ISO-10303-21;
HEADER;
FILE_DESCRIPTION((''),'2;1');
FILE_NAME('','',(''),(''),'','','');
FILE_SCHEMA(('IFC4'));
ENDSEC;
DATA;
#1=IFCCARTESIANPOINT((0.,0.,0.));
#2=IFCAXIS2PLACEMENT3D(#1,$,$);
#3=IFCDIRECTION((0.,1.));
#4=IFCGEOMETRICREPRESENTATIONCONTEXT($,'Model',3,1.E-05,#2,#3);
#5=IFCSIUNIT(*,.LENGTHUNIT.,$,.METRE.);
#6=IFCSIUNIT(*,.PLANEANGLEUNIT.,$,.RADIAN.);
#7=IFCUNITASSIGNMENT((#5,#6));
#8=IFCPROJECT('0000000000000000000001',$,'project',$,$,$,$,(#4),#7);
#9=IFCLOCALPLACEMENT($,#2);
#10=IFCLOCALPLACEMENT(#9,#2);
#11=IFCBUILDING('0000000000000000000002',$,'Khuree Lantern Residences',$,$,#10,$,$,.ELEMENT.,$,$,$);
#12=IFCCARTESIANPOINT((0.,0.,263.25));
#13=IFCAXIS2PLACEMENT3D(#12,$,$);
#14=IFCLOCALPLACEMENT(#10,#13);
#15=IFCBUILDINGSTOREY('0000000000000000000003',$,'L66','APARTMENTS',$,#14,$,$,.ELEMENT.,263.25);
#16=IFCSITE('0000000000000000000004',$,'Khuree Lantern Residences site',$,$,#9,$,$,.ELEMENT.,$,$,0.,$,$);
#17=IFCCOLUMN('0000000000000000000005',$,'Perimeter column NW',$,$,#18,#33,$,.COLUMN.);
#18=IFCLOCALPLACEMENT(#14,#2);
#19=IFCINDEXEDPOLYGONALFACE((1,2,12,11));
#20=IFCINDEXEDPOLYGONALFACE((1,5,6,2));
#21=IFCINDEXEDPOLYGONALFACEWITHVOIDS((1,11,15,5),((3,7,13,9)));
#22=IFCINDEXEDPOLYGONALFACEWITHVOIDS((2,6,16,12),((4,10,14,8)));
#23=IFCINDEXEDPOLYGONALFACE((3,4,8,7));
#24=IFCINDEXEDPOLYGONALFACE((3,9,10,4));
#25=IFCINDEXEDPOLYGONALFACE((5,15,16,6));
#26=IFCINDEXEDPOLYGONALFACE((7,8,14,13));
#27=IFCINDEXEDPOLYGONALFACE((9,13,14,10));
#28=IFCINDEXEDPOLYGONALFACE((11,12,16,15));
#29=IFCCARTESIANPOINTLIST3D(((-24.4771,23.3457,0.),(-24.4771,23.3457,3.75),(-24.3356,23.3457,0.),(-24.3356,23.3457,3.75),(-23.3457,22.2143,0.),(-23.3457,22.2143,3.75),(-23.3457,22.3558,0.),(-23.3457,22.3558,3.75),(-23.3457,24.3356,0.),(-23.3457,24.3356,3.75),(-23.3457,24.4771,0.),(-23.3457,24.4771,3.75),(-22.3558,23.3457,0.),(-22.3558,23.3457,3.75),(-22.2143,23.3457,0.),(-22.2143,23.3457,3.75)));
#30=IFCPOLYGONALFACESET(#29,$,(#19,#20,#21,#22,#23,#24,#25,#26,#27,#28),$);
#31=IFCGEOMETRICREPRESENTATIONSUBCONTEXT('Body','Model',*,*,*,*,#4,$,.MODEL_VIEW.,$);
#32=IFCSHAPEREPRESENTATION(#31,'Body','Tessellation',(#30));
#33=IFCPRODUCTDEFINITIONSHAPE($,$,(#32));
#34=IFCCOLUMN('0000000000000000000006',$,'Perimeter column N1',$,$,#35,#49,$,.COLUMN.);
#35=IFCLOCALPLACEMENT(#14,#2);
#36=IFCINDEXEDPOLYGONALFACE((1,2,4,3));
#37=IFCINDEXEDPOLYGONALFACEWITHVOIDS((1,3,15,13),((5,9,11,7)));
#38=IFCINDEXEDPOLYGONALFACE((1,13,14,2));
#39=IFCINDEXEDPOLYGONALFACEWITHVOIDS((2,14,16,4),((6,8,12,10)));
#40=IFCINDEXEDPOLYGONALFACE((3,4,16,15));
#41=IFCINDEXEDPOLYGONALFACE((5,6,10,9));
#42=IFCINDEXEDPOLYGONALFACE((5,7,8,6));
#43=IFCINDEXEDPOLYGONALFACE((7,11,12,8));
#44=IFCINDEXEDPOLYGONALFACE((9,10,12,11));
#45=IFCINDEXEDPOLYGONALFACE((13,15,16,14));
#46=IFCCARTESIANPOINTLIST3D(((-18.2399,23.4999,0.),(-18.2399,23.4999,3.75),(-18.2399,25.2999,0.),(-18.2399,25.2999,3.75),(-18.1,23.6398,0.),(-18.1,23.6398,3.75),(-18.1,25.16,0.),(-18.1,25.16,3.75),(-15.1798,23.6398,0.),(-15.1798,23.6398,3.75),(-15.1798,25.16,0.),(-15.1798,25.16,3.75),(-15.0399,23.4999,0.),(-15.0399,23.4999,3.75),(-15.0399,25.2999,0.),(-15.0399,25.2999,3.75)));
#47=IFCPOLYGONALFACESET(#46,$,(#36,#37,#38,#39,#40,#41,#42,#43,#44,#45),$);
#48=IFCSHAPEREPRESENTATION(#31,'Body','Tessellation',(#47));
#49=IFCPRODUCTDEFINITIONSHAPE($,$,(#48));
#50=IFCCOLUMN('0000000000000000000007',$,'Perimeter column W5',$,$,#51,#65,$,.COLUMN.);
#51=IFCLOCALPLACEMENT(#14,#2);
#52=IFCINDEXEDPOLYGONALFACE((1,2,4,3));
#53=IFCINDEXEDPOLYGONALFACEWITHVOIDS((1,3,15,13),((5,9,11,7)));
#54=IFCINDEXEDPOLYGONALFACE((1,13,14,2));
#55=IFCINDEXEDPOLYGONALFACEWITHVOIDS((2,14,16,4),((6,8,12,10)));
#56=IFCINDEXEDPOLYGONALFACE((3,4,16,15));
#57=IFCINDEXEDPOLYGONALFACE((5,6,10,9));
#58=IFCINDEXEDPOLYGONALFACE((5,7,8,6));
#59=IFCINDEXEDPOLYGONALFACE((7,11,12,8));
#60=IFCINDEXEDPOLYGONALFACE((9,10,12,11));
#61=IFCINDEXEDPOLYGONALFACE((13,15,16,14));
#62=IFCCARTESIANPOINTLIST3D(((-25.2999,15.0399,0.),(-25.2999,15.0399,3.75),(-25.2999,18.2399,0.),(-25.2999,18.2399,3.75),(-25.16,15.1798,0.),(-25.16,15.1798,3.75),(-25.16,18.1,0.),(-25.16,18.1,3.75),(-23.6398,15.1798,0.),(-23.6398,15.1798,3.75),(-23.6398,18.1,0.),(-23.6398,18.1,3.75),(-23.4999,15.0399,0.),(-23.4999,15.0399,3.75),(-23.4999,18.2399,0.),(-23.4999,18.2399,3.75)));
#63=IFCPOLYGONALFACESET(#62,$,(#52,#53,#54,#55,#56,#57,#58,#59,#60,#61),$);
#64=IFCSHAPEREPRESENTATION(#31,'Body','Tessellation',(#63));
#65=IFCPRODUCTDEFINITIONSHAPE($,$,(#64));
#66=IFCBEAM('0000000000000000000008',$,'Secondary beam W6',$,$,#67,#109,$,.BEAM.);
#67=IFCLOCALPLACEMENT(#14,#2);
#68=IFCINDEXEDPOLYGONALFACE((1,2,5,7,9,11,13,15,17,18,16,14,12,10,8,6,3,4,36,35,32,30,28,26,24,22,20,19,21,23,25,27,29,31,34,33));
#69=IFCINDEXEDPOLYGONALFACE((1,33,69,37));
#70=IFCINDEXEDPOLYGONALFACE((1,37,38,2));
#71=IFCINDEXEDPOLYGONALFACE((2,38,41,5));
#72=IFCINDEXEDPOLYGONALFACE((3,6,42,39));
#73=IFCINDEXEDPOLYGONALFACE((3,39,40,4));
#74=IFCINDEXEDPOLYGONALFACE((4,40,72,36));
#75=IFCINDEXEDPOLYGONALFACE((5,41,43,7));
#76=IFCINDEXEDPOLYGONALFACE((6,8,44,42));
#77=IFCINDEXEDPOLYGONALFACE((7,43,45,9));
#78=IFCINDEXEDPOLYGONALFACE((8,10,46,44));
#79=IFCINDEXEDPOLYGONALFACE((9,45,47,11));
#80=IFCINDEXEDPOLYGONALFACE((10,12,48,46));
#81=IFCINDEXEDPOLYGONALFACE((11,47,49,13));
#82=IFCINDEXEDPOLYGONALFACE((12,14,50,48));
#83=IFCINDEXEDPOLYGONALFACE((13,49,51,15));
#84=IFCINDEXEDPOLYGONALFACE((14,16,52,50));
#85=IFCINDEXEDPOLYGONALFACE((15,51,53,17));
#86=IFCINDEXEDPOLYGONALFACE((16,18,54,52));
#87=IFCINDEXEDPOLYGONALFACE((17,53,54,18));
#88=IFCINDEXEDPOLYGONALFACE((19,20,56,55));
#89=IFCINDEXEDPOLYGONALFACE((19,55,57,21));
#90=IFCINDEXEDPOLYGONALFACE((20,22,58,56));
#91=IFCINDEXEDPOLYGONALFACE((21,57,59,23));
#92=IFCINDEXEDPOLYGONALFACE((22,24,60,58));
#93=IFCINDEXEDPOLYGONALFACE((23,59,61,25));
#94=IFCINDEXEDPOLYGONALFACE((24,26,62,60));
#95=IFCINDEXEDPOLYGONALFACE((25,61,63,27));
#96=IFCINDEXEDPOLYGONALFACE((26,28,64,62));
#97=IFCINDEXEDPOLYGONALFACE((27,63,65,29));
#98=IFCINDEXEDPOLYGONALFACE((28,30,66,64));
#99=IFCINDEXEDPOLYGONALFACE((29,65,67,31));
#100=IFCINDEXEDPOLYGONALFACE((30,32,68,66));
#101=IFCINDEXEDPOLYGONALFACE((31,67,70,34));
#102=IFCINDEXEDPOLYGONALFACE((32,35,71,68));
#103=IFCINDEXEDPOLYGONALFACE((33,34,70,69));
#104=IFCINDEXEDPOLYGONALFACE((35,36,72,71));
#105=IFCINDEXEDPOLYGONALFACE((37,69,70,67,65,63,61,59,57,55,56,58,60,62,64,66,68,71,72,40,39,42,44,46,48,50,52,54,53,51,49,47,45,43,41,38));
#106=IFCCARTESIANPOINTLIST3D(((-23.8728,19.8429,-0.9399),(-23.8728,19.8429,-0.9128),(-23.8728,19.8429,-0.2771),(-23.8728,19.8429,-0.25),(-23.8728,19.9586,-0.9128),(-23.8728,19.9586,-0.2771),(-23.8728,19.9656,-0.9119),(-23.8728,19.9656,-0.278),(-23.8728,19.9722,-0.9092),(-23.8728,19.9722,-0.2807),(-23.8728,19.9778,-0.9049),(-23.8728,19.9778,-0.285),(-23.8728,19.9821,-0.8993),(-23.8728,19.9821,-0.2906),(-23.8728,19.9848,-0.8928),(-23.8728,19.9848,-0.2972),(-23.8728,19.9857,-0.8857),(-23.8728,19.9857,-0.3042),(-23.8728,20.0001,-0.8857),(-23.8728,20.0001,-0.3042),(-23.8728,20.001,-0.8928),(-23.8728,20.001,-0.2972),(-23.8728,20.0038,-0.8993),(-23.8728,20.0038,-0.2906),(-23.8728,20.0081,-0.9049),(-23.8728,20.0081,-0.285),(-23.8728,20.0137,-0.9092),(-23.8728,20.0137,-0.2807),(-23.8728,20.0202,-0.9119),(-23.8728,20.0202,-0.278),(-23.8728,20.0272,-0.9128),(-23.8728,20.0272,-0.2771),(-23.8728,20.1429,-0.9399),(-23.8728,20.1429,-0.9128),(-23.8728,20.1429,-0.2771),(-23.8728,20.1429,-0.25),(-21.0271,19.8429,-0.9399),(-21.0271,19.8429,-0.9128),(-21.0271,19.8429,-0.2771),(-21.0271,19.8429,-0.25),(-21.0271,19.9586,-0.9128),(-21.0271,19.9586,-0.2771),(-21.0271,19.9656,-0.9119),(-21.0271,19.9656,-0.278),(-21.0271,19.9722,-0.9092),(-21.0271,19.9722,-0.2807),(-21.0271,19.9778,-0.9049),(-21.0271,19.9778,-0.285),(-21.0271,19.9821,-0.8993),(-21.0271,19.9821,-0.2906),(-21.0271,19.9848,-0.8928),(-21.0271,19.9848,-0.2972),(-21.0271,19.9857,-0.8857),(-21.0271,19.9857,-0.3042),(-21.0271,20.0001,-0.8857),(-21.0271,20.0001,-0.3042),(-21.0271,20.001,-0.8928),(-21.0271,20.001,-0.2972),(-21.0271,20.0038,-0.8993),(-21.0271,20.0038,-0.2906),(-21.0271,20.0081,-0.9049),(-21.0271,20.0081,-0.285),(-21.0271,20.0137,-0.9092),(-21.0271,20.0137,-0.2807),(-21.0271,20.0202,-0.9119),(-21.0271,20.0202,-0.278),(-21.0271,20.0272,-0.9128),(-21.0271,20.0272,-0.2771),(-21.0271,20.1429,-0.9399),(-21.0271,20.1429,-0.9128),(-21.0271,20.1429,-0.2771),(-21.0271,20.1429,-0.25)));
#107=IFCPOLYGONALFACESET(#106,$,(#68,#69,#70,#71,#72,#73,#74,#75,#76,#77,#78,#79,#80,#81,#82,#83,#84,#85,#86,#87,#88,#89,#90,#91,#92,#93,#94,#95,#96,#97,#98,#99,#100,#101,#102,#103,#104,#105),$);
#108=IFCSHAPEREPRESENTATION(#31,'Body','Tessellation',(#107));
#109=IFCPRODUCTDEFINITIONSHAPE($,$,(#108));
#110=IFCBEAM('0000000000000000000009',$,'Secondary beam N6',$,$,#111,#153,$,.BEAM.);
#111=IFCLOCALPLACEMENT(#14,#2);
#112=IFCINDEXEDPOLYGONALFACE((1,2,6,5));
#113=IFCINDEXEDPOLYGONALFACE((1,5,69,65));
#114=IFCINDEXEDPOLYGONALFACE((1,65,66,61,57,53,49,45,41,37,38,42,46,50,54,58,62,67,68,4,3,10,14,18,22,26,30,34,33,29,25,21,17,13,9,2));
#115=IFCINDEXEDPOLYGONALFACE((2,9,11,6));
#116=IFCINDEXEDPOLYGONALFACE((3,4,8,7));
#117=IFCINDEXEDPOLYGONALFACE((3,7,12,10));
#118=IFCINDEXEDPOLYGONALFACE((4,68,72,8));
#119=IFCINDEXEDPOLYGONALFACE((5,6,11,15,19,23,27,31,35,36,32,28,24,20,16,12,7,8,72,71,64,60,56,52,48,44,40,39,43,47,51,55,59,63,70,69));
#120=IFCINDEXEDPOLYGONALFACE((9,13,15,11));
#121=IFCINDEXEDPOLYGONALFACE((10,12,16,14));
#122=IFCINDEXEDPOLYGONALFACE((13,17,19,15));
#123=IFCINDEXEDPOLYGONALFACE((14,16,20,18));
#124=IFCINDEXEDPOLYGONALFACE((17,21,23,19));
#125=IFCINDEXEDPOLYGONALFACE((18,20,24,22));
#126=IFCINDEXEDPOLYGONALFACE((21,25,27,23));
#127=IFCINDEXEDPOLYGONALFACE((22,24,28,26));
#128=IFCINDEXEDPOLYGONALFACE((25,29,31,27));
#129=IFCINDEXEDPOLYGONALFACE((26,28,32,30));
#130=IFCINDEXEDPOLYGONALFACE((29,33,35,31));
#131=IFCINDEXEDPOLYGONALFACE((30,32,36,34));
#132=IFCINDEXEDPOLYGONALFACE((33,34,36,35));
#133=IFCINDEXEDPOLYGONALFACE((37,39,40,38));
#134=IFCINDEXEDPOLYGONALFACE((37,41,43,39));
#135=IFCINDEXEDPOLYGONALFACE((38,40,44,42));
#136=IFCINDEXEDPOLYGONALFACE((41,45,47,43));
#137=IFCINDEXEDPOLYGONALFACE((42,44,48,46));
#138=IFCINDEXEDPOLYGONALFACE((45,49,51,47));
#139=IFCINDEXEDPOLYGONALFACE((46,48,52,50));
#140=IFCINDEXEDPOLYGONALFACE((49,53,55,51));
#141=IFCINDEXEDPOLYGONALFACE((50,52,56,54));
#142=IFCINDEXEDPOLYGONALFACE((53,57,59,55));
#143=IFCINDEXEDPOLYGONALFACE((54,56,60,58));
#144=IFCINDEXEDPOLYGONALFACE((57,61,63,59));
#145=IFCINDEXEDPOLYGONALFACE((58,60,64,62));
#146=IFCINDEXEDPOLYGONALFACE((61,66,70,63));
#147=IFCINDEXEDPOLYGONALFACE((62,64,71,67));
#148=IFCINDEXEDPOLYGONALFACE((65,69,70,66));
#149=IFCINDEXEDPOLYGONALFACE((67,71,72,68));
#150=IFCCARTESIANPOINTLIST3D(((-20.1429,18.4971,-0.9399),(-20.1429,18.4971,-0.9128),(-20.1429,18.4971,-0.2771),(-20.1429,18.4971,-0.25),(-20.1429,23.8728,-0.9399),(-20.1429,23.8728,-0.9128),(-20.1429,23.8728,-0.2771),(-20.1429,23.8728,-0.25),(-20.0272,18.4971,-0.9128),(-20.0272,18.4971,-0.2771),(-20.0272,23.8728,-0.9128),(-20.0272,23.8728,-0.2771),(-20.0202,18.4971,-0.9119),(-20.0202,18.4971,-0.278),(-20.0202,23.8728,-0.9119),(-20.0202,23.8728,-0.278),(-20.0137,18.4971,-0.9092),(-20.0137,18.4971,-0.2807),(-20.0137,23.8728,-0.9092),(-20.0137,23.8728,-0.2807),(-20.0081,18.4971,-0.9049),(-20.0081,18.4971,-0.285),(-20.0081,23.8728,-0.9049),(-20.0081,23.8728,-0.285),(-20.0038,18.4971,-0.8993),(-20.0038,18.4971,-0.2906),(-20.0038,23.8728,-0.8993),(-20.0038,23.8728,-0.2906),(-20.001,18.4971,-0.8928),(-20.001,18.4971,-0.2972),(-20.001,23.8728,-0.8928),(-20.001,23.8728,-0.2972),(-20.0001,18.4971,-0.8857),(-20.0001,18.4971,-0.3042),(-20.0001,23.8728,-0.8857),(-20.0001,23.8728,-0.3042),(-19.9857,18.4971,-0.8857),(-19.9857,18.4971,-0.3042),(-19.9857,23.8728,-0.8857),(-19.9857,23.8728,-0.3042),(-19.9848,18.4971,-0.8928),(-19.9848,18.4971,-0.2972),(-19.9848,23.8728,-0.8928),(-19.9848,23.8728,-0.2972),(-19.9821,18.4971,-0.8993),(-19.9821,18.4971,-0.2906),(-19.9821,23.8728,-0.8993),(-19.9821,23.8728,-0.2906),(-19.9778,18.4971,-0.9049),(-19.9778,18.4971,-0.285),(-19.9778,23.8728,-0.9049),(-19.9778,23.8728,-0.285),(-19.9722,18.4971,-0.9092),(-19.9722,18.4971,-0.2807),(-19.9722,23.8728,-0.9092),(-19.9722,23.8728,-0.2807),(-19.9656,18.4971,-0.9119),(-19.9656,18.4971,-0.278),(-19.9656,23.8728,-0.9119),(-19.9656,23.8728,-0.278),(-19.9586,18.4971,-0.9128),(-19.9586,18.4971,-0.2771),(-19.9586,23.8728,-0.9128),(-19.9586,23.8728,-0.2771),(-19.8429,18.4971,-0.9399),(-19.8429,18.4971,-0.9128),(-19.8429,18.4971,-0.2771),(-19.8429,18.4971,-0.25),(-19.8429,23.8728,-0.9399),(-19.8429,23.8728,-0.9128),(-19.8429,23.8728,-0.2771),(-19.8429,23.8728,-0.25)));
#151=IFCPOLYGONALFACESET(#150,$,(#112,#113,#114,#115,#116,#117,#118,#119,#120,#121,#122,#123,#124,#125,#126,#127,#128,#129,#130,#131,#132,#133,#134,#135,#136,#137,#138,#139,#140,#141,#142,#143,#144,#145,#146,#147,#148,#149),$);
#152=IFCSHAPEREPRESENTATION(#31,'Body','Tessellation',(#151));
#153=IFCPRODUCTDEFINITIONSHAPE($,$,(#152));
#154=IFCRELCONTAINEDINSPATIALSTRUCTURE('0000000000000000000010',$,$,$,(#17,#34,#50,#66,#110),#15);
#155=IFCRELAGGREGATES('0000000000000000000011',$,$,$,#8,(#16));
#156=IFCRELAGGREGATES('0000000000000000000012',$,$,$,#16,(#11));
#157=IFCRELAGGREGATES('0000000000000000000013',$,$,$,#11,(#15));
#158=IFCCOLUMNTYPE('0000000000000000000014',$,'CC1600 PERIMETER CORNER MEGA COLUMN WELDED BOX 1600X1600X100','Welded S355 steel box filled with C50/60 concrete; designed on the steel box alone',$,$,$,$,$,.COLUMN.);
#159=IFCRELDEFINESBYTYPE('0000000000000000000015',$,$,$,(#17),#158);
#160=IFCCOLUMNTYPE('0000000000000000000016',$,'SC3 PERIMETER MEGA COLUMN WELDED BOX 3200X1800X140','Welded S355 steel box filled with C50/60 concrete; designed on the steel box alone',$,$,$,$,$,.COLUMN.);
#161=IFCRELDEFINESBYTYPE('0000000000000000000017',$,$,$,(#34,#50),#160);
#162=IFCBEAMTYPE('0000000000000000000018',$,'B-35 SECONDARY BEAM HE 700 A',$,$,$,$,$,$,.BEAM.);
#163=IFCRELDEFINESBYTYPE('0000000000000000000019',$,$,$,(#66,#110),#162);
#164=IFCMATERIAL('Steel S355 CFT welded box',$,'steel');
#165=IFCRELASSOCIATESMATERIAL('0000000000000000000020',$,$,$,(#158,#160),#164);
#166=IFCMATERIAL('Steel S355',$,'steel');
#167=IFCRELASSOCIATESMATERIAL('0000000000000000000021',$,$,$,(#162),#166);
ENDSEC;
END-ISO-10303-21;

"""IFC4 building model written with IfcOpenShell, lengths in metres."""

from ifc_helpers import new_model, si_unit, direction, frame, origin, origin_2d, place, context, subcontext, project, spatial, hollow_rectangle, i_section, extrude, material, material_profile, profile_set, type_object, element, save


model = new_model("IFC4")

# Units and contexts
model_context = context("Model", 3, precision=1e-05, world=origin(), true_north=direction((0.0, 1.0)))
body_context = subcontext(model_context, "Body", "Model", "MODEL_VIEW")
ifc_project = project(units=[si_unit("LENGTHUNIT", "METRE"), si_unit("PLANEANGLEUNIT", "RADIAN")], contexts=[model_context])

# Site, building, storey
site_placement = place(None, origin())
site = spatial("IfcSite", under=ifc_project, at=site_placement, Name="Khuree Lantern Residences site", CompositionType="ELEMENT", RefElevation=0.0)
building_placement = place(site_placement, origin())
building = spatial("IfcBuilding", under=site, at=building_placement, Name="Khuree Lantern Residences", CompositionType="ELEMENT")
storey_placement = place(building_placement, frame((0.0, 0.0, 263.25)))
storey = spatial("IfcBuildingStorey", under=building, at=storey_placement, Name="L66", Description="APARTMENTS", CompositionType="ELEMENT", Elevation=263.25)

# Columns
ifc_material_1 = material(Name="Steel S355 CFT welded box", Category="steel")
ifc_material_profile_1 = material_profile(ifc_material_1, hollow_rectangle(XDim=1.6001, YDim=1.6001, WallThickness=0.1001, at=origin_2d()), Name="WELDED BOX 1600X1600X100")
ifc_profile_set_1 = profile_set([ifc_material_profile_1], Name="Steel S355 CFT welded box")
column_type_1 = type_object("IfcColumnType", Name="CC1600 PERIMETER CORNER MEGA COLUMN WELDED BOX 1600X1600X100", Description="Welded S355 steel box filled with C50/60 concrete; designed on the steel box alone", PredefinedType="COLUMN", material=ifc_profile_set_1)
column_placement = place(storey_placement, frame((-23.3457, 23.3457, 0.0), z_axis=(0.0, 0.0, 1.0), x_axis=(0.707107, 0.707107, 0.0)))
element("IfcColumn", 1, at=column_placement, inside=storey, type_object=column_type_1, Name="Perimeter column NW", PredefinedType="COLUMN", context=body_context, shape_type="SweptSolid", body=[
    extrude(hollow_rectangle(XDim=1.6001, YDim=1.6001, WallThickness=0.1001, at=origin_2d()), origin(), (0.0, 0.0, 1.0), 3.75),
])
ifc_material_profile_2 = material_profile(ifc_material_1, hollow_rectangle(XDim=3.2, YDim=1.8, WallThickness=0.1399, at=origin_2d()), Name="WELDED BOX 3200X1800X140")
ifc_profile_set_2 = profile_set([ifc_material_profile_2], Name="Steel S355 CFT welded box")
column_type_2 = type_object("IfcColumnType", Name="SC3 PERIMETER MEGA COLUMN WELDED BOX 3200X1800X140", Description="Welded S355 steel box filled with C50/60 concrete; designed on the steel box alone", PredefinedType="COLUMN", material=ifc_profile_set_2)
for number, where, z_axis, x_axis, name in (
    (2, (-16.6399, 24.3999, 0.0), (0.0, 0.0, 1.0), (1.0, 0.0, 0.0), "Perimeter column N1"),
    (3, (-24.3999, 16.6399, 0.0), (0.0, 0.0, 1.0), (0.0, 1.0, 0.0), "Perimeter column W5"),
):
    element("IfcColumn", number, at=place(storey_placement, frame(where, z_axis=z_axis, x_axis=x_axis)), inside=storey, type_object=column_type_2, Name=name, PredefinedType="COLUMN", context=body_context, shape_type="SweptSolid", body=[
        extrude(hollow_rectangle(XDim=3.2, YDim=1.8, WallThickness=0.1399, at=origin_2d()), origin(), (0.0, 0.0, 1.0), 3.75),
    ])

# Beams
ifc_material_2 = material(Name="Steel S355", Category="steel")
ifc_material_profile_3 = material_profile(ifc_material_2, i_section(OverallWidth=0.3, OverallDepth=0.6899, WebThickness=0.0144, FlangeThickness=0.0271, FilletRadius=0.0271, at=origin_2d()), Name="HE 700 A")
ifc_profile_set_3 = profile_set([ifc_material_profile_3], Name="Steel S355")
beam_type_1 = type_object("IfcBeamType", Name="B-35 SECONDARY BEAM HE 700 A", PredefinedType="BEAM", material=ifc_profile_set_3)
beam_1_placement = place(storey_placement, frame((-23.8728, 19.9929, -0.595), z_axis=(1.0, 0.0, 0.0), x_axis=(0.0, 1.0, 0.0)))
element("IfcBeam", 4, at=beam_1_placement, inside=storey, type_object=beam_type_1, Name="Secondary beam W6", PredefinedType="BEAM", context=body_context, shape_type="SweptSolid", body=[
    extrude(i_section(OverallWidth=0.3, OverallDepth=0.6899, WebThickness=0.0144, FlangeThickness=0.0271, FilletRadius=0.0271, at=origin_2d()), origin(), (0.0, 0.0, 1.0), 2.8457),
])
beam_2_placement = place(storey_placement, frame((-19.9929, 23.8728, -0.595), z_axis=(0.0, -1.0, 0.0), x_axis=(1.0, 0.0, 0.0)))
element("IfcBeam", 5, at=beam_2_placement, inside=storey, type_object=beam_type_1, Name="Secondary beam N6", PredefinedType="BEAM", context=body_context, shape_type="SweptSolid", body=[
    extrude(i_section(OverallWidth=0.3, OverallDepth=0.6899, WebThickness=0.0144, FlangeThickness=0.0271, FilletRadius=0.0271, at=origin_2d()), origin(), (0.0, 0.0, 1.0), 5.3757),
])

save(model, "model.ifc")
